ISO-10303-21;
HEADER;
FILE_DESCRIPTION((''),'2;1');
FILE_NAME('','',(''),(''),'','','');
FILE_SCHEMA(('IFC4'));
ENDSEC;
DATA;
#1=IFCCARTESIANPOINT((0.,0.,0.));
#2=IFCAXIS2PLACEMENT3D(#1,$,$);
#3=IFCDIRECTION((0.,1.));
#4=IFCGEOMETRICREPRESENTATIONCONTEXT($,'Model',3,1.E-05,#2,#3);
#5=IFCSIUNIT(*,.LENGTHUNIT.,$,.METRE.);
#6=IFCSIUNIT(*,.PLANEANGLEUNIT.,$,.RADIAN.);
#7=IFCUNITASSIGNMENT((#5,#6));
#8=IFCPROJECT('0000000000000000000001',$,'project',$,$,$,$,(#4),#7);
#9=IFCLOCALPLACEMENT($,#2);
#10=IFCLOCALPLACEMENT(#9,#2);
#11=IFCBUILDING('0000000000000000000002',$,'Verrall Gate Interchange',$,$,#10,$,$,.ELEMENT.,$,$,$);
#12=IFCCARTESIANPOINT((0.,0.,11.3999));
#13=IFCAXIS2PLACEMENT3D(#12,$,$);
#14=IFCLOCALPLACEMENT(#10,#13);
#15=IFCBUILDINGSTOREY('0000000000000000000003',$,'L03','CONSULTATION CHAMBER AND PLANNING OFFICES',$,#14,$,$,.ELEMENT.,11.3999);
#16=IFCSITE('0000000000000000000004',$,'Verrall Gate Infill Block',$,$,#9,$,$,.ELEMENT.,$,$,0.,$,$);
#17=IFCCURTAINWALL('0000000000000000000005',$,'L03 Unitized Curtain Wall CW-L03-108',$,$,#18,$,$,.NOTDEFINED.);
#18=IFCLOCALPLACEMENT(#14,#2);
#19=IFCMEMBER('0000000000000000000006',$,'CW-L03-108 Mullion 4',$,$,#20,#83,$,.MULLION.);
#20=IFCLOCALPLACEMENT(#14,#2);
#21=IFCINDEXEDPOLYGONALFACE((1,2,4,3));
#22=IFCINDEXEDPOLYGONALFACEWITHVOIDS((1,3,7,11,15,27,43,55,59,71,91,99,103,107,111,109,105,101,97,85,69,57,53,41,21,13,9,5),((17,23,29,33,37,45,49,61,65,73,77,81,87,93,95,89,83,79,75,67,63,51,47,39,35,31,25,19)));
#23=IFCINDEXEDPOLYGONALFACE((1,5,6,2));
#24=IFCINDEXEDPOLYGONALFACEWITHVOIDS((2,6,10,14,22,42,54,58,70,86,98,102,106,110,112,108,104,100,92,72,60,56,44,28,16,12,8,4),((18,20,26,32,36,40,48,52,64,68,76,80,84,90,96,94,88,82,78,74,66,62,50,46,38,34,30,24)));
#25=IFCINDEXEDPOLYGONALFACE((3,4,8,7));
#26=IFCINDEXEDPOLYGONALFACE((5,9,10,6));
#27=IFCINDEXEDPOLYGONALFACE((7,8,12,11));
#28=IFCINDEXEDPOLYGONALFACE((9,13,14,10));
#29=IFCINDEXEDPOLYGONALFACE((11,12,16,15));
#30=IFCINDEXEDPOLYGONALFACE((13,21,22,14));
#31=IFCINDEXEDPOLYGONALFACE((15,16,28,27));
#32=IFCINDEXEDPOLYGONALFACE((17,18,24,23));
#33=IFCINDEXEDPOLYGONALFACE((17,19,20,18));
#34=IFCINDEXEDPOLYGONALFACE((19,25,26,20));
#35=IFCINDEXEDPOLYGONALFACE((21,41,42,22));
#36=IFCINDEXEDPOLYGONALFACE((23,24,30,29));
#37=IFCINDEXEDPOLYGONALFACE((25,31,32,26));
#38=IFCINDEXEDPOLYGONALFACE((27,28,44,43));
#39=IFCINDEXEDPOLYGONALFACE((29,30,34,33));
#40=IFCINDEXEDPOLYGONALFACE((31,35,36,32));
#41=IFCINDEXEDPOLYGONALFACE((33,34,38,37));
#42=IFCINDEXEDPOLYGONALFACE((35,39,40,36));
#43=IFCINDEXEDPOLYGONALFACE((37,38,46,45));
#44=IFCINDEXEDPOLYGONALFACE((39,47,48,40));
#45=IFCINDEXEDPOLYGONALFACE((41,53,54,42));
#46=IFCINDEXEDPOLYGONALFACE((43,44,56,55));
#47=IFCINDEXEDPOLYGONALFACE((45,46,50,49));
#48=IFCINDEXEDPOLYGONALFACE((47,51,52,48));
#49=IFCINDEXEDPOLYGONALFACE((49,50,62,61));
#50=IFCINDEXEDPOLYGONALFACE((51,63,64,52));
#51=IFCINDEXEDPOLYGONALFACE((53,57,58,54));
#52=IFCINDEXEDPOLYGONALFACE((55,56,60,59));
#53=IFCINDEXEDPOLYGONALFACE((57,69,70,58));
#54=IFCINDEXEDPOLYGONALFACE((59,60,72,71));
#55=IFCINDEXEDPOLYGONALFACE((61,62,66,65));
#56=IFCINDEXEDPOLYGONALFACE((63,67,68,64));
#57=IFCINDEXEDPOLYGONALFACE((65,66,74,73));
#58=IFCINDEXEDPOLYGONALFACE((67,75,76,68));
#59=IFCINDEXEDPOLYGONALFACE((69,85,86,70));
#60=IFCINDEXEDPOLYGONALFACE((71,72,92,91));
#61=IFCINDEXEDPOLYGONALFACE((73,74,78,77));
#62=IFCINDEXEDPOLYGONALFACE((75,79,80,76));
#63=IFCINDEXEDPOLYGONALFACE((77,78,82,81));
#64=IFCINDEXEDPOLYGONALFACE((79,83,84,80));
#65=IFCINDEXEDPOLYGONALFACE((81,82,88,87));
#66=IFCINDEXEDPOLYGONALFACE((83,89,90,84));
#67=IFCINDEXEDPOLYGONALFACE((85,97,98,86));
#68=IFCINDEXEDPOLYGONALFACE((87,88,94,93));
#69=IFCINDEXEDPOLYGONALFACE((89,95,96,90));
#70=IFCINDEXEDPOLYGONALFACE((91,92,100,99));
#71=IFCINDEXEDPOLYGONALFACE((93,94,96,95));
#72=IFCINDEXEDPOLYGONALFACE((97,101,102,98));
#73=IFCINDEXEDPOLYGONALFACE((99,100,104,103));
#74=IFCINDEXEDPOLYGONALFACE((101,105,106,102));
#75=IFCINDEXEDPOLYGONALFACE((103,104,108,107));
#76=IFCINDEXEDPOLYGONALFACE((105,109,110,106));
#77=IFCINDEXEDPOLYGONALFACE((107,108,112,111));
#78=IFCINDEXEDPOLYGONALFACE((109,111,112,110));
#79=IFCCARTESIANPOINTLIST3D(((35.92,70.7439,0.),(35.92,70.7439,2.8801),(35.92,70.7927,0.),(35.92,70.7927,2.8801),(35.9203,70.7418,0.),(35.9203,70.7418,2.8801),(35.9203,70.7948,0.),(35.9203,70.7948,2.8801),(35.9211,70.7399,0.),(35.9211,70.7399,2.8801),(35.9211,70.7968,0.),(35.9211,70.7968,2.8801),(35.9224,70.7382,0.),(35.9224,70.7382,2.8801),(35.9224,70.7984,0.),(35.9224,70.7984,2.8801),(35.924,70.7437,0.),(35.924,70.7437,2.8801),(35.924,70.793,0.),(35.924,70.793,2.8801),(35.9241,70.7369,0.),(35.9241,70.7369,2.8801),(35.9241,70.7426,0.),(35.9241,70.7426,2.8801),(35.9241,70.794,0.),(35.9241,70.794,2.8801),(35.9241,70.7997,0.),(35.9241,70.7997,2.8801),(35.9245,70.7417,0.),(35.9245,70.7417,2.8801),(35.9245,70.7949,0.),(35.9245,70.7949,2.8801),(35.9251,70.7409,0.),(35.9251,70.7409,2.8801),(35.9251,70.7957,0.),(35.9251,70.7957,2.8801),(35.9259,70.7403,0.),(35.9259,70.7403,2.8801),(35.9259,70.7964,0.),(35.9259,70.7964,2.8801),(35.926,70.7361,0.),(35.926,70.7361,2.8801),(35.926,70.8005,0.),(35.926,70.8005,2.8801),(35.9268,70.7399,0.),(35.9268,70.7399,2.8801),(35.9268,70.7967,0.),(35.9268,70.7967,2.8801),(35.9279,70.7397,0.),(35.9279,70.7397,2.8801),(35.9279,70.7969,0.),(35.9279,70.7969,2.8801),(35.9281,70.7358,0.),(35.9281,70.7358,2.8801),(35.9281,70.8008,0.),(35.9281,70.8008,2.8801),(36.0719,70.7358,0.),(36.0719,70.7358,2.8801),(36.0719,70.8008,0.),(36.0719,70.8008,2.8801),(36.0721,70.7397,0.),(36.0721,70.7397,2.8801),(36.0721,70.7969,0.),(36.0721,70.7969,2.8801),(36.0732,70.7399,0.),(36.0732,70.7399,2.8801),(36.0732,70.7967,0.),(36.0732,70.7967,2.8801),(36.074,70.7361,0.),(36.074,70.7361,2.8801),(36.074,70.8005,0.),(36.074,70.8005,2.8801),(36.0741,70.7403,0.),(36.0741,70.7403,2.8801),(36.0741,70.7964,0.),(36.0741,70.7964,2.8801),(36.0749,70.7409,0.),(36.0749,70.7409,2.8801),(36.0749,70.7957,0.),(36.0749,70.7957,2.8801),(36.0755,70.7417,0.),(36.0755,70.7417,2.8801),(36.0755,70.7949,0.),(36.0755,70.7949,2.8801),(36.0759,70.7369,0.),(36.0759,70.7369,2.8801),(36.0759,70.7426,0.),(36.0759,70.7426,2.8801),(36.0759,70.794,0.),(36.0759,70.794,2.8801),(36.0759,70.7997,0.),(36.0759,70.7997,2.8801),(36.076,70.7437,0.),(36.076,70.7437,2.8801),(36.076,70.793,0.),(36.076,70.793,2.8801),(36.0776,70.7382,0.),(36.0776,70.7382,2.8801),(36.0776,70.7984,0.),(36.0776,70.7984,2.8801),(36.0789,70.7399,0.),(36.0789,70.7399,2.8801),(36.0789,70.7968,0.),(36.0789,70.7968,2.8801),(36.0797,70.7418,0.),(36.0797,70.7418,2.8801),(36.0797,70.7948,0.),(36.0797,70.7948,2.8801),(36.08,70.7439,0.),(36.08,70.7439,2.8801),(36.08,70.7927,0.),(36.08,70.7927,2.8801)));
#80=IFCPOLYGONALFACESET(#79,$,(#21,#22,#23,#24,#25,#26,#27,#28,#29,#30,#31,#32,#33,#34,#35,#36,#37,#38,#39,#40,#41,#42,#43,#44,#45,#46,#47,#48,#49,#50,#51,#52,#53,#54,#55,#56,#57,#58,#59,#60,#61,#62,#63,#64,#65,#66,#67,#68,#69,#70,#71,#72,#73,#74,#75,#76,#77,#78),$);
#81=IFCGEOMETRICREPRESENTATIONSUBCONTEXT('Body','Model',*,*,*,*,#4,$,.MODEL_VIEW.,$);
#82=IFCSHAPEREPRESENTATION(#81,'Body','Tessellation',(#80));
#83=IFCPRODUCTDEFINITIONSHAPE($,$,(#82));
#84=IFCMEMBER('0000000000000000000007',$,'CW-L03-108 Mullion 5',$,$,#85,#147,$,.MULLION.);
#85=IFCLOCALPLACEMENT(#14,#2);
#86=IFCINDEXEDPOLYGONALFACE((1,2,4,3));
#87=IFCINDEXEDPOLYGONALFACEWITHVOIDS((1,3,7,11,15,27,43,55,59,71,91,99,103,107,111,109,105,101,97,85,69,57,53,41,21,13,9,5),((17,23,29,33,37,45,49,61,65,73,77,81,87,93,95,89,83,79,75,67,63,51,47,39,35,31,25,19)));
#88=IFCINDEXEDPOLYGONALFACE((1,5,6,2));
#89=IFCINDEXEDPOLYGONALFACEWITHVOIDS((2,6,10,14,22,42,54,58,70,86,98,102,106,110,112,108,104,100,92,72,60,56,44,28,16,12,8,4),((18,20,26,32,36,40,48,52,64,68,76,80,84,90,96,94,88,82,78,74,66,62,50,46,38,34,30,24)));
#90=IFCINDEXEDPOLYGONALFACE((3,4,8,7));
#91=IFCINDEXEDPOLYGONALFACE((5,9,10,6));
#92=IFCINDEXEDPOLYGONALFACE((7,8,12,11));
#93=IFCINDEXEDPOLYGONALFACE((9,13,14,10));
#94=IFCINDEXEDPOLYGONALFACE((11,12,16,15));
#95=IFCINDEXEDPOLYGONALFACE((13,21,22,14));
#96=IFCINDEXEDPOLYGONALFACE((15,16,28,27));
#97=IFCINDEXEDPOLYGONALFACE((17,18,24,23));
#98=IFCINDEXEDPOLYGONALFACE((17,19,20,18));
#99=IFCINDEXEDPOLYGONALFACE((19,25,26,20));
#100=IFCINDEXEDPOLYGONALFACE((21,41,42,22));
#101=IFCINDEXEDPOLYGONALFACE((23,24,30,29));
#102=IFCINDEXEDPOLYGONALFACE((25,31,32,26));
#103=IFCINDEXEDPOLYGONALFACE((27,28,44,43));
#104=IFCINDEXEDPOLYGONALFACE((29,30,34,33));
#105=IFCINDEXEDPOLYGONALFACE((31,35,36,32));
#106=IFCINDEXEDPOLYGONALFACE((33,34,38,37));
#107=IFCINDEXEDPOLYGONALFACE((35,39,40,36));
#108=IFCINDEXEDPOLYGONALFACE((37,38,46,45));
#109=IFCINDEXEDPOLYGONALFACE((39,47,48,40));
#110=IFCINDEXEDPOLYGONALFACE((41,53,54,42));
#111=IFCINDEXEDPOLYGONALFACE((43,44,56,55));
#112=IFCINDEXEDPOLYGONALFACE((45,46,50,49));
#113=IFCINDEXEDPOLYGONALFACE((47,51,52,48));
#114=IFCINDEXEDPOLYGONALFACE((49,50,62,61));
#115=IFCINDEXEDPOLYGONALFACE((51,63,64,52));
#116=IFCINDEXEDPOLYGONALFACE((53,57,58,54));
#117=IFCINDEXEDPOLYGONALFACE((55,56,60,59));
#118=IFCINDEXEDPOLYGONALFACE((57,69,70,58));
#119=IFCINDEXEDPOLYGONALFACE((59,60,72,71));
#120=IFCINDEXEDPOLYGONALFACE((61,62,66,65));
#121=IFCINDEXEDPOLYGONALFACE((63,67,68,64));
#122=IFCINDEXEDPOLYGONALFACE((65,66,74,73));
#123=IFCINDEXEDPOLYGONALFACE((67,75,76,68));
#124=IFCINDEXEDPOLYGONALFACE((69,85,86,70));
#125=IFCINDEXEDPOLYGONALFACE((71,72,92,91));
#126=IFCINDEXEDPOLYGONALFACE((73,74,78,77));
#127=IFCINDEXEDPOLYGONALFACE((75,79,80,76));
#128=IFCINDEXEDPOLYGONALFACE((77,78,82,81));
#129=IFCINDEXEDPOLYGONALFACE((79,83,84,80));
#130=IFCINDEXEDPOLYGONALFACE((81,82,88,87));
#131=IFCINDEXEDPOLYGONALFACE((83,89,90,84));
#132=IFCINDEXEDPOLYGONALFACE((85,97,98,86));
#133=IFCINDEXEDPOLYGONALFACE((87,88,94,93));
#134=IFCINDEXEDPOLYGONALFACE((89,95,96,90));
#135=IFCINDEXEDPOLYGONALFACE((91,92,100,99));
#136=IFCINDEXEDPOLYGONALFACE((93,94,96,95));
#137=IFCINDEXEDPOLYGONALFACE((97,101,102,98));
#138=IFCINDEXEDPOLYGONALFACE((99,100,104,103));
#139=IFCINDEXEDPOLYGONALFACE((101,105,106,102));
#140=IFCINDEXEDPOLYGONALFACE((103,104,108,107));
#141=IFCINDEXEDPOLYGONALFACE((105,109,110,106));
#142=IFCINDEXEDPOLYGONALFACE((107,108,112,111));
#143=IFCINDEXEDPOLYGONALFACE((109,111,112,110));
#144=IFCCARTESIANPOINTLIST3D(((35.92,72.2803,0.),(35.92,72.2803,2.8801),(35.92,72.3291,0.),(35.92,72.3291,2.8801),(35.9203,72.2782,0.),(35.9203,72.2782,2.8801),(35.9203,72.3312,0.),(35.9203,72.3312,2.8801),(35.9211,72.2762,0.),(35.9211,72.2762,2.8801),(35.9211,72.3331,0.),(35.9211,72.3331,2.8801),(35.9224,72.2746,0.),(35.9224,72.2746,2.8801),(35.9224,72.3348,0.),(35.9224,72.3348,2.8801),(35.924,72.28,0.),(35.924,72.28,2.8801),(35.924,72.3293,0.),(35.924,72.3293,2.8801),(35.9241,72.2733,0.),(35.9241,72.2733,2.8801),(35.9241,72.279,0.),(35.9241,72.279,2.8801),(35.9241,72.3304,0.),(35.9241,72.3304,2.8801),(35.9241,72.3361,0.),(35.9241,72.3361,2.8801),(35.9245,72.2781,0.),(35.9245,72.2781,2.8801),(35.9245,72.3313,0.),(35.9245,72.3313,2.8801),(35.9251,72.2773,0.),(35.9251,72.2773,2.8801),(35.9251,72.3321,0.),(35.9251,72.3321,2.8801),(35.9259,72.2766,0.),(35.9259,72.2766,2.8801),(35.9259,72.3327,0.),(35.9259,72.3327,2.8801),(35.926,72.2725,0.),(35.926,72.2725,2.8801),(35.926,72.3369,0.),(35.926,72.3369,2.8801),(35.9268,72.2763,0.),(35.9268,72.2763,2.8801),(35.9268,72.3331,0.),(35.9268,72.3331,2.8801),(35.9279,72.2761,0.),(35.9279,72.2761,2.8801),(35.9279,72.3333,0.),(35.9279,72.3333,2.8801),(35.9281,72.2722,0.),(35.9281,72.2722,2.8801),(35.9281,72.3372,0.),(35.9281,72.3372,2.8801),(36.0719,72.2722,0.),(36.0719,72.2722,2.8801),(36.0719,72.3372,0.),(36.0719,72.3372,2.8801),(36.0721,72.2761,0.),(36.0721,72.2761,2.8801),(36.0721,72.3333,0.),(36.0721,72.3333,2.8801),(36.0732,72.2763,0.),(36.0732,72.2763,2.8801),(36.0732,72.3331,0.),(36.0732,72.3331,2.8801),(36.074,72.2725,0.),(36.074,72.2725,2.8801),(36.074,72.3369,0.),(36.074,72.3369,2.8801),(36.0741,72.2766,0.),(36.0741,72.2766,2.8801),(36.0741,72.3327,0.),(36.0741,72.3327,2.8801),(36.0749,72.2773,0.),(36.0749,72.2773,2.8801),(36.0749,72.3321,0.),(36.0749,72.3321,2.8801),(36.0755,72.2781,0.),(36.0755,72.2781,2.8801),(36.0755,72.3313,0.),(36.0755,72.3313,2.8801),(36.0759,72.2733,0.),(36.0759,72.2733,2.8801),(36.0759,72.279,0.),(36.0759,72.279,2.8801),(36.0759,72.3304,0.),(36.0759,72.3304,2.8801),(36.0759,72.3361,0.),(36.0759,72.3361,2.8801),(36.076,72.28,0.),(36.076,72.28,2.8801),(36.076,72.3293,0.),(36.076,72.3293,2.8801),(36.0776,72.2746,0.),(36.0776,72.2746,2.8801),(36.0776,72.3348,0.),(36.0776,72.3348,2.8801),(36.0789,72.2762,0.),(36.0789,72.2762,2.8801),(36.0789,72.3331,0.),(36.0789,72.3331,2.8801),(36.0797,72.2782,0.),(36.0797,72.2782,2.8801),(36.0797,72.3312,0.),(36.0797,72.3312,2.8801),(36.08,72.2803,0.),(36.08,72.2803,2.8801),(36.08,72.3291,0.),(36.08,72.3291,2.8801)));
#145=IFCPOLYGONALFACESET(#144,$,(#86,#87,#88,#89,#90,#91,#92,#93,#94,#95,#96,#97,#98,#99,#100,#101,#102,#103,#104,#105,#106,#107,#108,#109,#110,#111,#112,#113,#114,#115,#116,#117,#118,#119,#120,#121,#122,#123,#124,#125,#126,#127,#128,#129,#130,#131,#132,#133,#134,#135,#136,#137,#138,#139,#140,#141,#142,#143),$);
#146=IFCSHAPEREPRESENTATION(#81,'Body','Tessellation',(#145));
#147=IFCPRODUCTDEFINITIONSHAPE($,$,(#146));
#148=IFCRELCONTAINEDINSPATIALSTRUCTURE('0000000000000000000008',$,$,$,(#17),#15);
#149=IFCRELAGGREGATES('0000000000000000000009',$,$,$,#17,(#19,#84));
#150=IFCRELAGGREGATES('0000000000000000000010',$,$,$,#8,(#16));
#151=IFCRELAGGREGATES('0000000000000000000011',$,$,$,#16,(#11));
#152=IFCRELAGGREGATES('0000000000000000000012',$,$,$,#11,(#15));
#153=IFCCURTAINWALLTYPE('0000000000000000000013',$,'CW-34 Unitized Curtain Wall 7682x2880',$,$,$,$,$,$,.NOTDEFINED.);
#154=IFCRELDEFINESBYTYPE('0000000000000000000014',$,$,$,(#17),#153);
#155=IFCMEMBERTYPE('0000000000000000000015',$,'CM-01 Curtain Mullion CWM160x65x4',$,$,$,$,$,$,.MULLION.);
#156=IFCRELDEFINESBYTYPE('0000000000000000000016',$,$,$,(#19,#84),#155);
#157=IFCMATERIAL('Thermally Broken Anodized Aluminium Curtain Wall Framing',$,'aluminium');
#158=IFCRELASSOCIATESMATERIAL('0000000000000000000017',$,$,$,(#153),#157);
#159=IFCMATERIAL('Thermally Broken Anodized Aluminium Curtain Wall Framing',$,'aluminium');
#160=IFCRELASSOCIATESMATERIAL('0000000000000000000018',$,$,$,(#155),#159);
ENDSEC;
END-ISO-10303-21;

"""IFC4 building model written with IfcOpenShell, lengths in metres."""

from ifc_helpers import new_model, si_unit, direction, frame, origin, origin_2d, place, context, subcontext, project, spatial, hollow_rectangle, extrude, material, material_profile, profile_set, type_object, element, aggregate, save


model = new_model("IFC4")

# Units and contexts
model_context = context("Model", 3, precision=1e-05, world=origin(), true_north=direction((0.0, 1.0)))
body_context = subcontext(model_context, "Body", "Model", "MODEL_VIEW")
ifc_project = project(units=[si_unit("LENGTHUNIT", "METRE"), si_unit("PLANEANGLEUNIT", "RADIAN")], contexts=[model_context])

# Site, building, storey
site_placement = place(None, origin())
site = spatial("IfcSite", under=ifc_project, at=site_placement, Name="Verrall Gate Infill Block", CompositionType="ELEMENT", RefElevation=0.0)
building_placement = place(site_placement, origin())
building = spatial("IfcBuilding", under=site, at=building_placement, Name="Verrall Gate Interchange", CompositionType="ELEMENT")
storey_placement = place(building_placement, frame((0.0, 0.0, 11.3999)))
storey = spatial("IfcBuildingStorey", under=building, at=storey_placement, Name="L03", Description="CONSULTATION CHAMBER AND PLANNING OFFICES", CompositionType="ELEMENT", Elevation=11.3999)

# Curtain wall, members
ifc_material_1 = material(Name="Thermally Broken Anodized Aluminium Curtain Wall Framing", Category="aluminium")
curtain_wall_type = type_object("IfcCurtainWallType", Name="CW-34 Unitized Curtain Wall 7682x2880", PredefinedType="NOTDEFINED", material=ifc_material_1)
curtain_wall_placement = place(storey_placement, origin())
curtain_wall = element("IfcCurtainWall", 1, at=curtain_wall_placement, inside=storey, type_object=curtain_wall_type, Name="L03 Unitized Curtain Wall CW-L03-108", PredefinedType="NOTDEFINED")
ifc_material_2 = material(Name="Thermally Broken Anodized Aluminium Curtain Wall Framing", Category="aluminium")
ifc_material_profile_1 = material_profile(ifc_material_2, hollow_rectangle(XDim=0.0649, YDim=0.1599, WallThickness=0.0039, InnerFilletRadius=0.0039, OuterFilletRadius=0.0081, at=origin_2d()), Name="CWM160x65x4")
ifc_profile_set_1 = profile_set([ifc_material_profile_1], Name="Thermally Broken Anodized Aluminium Curtain Wall Framing")
member_type_1 = type_object("IfcMemberType", Name="CM-01 Curtain Mullion CWM160x65x4", PredefinedType="MULLION", material=ifc_profile_set_1)
member_1_placement = place(storey_placement, frame((36.0, 70.7683, 0.0), z_axis=(0.0, 0.0, 1.0), x_axis=(0.0, 1.0, 0.0)))
member_1 = element("IfcMember", 2, at=member_1_placement, type_object=member_type_1, Name="CW-L03-108 Mullion 4", PredefinedType="MULLION", context=body_context, shape_type="SweptSolid", body=[
    extrude(hollow_rectangle(XDim=0.0649, YDim=0.1599, WallThickness=0.0039, InnerFilletRadius=0.0039, OuterFilletRadius=0.0081, at=origin_2d()), origin(), (0.0, 0.0, 1.0), 2.8801),
])
member_2_placement = place(storey_placement, frame((36.0, 72.3047, 0.0), z_axis=(0.0, 0.0, 1.0), x_axis=(0.0, 1.0, 0.0)))
member_2 = element("IfcMember", 3, at=member_2_placement, type_object=member_type_1, Name="CW-L03-108 Mullion 5", PredefinedType="MULLION", context=body_context, shape_type="SweptSolid", body=[
    extrude(hollow_rectangle(XDim=0.0649, YDim=0.1599, WallThickness=0.0039, InnerFilletRadius=0.0039, OuterFilletRadius=0.0081, at=origin_2d()), origin(), (0.0, 0.0, 1.0), 2.8801),
])

aggregate(curtain_wall, [member_1, member_2])

save(model, "model.ifc")
